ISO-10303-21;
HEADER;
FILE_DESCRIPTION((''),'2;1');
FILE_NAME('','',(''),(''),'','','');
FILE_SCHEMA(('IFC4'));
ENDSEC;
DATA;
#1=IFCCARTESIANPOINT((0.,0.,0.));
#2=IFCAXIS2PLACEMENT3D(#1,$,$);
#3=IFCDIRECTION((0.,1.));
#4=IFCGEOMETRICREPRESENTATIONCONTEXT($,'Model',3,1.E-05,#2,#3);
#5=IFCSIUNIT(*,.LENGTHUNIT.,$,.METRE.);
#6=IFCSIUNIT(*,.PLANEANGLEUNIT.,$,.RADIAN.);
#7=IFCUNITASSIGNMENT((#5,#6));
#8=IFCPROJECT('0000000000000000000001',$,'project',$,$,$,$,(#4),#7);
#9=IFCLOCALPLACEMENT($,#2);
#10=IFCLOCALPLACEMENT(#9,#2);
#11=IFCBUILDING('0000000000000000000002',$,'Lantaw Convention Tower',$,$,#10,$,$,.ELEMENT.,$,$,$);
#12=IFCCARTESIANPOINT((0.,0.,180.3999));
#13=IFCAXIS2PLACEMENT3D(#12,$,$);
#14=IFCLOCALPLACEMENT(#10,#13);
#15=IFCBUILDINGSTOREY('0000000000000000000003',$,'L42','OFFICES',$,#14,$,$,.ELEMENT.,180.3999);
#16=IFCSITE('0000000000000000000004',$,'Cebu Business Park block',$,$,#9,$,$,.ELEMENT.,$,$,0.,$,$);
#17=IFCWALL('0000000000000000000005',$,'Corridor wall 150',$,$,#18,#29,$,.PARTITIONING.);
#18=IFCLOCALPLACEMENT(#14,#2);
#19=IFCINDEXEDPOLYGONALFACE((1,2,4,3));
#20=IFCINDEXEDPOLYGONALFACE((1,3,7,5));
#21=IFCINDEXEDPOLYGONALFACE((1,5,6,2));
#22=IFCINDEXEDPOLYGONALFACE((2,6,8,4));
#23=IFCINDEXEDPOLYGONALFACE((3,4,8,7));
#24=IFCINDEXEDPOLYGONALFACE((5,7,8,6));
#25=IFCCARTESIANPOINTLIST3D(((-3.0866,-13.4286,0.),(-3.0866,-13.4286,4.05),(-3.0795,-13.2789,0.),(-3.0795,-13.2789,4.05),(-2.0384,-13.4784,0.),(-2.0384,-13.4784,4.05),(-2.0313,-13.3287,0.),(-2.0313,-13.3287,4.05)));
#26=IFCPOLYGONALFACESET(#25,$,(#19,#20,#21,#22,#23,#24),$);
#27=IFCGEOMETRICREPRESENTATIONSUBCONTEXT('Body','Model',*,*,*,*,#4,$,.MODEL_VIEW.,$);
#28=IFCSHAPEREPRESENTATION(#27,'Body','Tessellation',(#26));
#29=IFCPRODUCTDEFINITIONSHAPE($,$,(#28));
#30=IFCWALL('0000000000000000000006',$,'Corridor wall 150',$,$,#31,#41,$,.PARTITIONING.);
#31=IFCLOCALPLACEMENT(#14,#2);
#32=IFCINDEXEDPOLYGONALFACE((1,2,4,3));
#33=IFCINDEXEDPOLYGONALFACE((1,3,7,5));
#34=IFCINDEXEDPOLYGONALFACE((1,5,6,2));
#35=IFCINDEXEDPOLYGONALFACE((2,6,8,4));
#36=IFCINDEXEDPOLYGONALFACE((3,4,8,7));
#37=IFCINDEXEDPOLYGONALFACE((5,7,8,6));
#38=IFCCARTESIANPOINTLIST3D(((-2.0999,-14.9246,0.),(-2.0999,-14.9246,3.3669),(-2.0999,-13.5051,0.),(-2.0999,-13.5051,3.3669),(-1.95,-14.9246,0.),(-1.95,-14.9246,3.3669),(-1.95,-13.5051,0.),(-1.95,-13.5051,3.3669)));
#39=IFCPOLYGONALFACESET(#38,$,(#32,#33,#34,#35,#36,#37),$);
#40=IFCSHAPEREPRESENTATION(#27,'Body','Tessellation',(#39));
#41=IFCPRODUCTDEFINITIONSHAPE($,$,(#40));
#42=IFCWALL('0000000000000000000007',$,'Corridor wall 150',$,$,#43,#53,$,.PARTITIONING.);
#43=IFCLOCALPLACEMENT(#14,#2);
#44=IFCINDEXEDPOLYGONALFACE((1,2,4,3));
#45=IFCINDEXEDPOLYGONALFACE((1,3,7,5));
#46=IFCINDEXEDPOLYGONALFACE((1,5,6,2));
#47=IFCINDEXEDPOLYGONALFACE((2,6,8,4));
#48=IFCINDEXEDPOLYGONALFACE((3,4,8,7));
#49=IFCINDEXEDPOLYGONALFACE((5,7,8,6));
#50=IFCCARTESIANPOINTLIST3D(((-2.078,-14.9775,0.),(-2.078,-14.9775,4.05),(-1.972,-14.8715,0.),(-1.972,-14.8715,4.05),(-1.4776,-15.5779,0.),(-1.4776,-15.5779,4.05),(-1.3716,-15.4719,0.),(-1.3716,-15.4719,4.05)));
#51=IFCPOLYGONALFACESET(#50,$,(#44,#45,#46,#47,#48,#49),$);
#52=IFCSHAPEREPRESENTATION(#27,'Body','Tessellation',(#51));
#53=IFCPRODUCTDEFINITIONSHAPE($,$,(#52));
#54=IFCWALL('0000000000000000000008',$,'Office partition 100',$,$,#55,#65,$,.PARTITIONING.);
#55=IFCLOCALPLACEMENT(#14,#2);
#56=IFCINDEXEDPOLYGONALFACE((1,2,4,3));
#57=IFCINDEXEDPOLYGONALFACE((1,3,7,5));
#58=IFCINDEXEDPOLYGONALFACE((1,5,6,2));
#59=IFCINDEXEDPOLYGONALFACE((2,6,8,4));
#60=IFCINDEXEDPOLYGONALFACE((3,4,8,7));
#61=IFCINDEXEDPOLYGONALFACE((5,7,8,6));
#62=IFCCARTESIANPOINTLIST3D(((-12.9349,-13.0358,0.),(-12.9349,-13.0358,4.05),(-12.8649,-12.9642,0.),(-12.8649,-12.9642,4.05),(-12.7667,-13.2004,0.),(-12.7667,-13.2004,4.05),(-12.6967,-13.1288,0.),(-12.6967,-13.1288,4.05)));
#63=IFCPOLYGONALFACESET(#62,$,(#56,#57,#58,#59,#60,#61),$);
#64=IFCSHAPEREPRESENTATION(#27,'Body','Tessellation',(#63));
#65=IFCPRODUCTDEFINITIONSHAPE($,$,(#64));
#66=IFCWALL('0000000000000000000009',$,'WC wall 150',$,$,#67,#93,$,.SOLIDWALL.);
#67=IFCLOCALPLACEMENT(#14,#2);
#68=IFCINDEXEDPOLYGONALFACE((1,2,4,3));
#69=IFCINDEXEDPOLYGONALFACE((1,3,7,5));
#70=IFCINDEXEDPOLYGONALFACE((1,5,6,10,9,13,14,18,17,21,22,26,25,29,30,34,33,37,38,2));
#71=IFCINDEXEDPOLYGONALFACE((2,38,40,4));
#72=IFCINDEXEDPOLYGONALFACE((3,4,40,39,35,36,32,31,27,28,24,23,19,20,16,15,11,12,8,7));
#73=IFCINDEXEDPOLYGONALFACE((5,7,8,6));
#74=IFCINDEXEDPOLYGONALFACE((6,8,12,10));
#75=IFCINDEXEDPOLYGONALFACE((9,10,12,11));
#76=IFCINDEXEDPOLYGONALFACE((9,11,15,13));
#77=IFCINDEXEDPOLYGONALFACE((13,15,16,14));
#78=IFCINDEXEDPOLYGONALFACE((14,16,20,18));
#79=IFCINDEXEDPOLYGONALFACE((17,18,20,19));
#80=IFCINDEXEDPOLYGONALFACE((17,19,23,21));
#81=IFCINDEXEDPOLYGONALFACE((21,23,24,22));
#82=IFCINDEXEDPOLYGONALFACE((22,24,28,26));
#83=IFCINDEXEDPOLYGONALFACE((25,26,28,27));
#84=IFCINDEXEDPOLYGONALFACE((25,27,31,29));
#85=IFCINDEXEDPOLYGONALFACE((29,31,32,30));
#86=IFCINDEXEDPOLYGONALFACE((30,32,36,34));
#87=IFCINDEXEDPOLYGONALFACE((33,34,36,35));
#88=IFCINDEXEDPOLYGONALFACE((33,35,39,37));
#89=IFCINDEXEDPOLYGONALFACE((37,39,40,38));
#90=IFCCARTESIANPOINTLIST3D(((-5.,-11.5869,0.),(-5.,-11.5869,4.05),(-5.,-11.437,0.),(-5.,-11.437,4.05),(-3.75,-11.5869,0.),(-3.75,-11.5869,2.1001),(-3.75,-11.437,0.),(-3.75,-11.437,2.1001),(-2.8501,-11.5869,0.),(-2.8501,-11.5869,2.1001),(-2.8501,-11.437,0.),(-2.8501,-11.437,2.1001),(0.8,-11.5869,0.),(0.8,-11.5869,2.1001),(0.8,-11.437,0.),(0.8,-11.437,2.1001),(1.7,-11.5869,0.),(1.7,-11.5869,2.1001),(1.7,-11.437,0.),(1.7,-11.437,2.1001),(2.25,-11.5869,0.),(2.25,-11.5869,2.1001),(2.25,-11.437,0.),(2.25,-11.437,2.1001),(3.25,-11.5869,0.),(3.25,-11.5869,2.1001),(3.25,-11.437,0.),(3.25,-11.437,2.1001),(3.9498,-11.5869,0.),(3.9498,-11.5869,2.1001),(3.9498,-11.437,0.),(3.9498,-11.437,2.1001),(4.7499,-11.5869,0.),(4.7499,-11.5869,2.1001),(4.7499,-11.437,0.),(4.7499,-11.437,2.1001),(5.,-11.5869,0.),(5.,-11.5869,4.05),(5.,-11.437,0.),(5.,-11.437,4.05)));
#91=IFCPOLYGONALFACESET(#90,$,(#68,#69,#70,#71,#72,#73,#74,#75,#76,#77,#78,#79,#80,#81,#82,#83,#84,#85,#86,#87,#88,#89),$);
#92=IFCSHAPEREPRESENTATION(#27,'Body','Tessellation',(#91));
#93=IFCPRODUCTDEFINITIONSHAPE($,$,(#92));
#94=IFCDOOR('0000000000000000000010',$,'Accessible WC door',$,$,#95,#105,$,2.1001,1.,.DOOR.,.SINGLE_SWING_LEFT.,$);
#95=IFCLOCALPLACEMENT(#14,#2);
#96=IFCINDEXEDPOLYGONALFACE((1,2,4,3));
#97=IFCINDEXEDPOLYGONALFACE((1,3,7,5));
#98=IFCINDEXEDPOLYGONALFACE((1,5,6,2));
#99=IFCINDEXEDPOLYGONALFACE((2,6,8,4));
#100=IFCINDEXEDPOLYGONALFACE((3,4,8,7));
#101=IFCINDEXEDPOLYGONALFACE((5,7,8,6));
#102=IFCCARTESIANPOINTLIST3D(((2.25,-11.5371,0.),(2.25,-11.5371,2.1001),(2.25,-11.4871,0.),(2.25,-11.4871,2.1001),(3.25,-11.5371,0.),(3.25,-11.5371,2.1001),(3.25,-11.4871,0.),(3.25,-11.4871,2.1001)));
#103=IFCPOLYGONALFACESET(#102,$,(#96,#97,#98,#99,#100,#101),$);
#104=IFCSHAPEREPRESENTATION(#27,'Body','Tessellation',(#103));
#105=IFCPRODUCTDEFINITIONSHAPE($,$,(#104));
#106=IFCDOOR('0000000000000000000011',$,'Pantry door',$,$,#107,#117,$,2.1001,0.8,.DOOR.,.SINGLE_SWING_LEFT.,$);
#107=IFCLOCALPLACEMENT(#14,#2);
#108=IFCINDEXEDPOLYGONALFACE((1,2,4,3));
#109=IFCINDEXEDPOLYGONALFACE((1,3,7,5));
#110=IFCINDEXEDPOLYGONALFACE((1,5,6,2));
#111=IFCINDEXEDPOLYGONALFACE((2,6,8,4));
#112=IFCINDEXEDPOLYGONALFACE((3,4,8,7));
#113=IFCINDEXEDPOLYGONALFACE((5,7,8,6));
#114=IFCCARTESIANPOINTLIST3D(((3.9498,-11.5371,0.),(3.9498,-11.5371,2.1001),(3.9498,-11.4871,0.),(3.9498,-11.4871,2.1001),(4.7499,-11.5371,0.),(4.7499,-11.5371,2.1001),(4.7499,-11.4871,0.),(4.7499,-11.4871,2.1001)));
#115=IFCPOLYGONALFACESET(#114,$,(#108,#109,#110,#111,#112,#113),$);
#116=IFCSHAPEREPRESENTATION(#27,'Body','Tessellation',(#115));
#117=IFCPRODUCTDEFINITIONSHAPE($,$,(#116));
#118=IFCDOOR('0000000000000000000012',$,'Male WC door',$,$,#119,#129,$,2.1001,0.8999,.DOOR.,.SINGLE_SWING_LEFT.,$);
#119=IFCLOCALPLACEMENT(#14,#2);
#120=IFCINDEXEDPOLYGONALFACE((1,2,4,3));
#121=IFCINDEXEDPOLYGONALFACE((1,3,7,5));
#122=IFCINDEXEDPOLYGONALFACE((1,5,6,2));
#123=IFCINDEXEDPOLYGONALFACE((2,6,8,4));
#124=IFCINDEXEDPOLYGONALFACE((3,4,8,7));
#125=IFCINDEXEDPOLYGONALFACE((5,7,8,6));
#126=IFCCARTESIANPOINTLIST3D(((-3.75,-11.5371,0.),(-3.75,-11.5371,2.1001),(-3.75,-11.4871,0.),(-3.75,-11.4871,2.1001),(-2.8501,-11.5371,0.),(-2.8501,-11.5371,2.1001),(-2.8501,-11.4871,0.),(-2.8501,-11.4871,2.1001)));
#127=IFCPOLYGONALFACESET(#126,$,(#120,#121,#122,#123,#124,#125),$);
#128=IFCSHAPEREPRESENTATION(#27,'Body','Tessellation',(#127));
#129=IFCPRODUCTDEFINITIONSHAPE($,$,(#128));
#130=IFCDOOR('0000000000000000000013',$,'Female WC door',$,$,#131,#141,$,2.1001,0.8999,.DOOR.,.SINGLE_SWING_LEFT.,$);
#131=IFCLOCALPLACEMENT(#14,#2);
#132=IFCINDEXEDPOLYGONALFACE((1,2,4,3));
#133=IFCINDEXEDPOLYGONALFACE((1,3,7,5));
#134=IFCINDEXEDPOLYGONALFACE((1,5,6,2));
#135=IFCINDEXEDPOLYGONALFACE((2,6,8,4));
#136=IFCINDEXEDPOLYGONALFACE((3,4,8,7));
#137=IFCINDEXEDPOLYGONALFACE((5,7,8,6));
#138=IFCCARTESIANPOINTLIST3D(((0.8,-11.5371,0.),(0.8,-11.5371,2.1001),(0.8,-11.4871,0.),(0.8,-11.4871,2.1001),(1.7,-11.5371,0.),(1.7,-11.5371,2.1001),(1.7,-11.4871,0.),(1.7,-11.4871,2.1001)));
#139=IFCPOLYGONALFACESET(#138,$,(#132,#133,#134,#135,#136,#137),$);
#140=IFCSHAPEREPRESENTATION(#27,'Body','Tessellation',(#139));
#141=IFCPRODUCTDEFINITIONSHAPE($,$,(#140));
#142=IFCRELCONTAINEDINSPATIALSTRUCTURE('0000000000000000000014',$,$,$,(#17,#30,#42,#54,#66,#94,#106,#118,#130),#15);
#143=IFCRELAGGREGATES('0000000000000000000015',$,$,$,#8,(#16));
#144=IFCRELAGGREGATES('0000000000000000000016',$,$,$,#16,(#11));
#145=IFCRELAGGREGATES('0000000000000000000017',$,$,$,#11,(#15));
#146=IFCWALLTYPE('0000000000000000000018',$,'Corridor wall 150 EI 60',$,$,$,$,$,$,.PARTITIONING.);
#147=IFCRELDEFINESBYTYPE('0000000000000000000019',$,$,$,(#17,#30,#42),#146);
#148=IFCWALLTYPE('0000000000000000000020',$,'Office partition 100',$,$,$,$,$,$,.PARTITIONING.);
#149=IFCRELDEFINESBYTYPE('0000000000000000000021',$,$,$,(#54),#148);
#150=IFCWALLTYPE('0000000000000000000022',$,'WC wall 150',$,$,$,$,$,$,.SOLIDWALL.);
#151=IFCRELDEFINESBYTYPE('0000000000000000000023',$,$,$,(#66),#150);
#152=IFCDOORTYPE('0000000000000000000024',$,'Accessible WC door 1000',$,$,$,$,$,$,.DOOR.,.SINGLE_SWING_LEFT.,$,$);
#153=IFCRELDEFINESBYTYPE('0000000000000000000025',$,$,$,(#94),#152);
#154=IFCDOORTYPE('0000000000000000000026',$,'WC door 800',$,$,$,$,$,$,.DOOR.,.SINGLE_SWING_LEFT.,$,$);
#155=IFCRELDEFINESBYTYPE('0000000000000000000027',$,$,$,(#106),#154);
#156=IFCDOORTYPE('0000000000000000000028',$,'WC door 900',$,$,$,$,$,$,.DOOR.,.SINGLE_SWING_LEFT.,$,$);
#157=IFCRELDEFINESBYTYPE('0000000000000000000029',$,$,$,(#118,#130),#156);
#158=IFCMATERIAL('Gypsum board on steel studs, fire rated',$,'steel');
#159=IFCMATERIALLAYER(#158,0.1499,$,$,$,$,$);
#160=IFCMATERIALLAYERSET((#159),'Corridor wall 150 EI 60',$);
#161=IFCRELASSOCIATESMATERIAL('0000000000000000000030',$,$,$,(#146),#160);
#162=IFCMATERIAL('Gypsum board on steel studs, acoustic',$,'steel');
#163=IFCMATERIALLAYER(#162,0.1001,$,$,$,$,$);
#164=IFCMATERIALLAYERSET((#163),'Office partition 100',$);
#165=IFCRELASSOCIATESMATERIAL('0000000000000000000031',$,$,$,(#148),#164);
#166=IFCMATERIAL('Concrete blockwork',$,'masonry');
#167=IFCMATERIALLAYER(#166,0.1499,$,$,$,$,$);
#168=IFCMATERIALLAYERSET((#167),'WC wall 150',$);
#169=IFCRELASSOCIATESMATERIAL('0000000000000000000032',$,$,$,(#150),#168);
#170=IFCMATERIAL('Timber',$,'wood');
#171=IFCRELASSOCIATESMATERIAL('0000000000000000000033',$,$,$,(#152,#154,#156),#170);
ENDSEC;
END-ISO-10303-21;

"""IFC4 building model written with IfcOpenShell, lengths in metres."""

from ifc_helpers import new_model, si_unit, direction, frame, frame_2d, origin, place, context, subcontext, project, spatial, rectangle, extrude, material, layer, layer_set, type_object, element, fill, save


model = new_model("IFC4")

# Units and contexts
model_context = context("Model", 3, precision=1e-05, world=origin(), true_north=direction((0.0, 1.0)))
body_context = subcontext(model_context, "Body", "Model", "MODEL_VIEW")
ifc_project = project(units=[si_unit("LENGTHUNIT", "METRE"), si_unit("PLANEANGLEUNIT", "RADIAN")], contexts=[model_context])

# Site, building, storey
site_placement = place(None, origin())
site = spatial("IfcSite", under=ifc_project, at=site_placement, Name="Cebu Business Park block", CompositionType="ELEMENT", RefElevation=0.0)
building_placement = place(site_placement, origin())
building = spatial("IfcBuilding", under=site, at=building_placement, Name="Lantaw Convention Tower", CompositionType="ELEMENT")
storey_placement = place(building_placement, frame((0.0, 0.0, 180.3999)))
storey = spatial("IfcBuildingStorey", under=building, at=storey_placement, Name="L42", Description="OFFICES", CompositionType="ELEMENT", Elevation=180.3999)

# Shared definitions
ifc_material_1 = material(Name="Gypsum board on steel studs, fire rated", Category="steel")
ifc_layer_1 = layer(ifc_material_1, 0.1499)
ifc_layer_set_1 = layer_set([ifc_layer_1], Name="Corridor wall 150 EI 60")
wall_type_1 = type_object("IfcWallType", Name="Corridor wall 150 EI 60", PredefinedType="PARTITIONING", material=ifc_layer_set_1)

# Walls
wall_1_placement = place(storey_placement, frame((-3.083, -13.3538, 0.0), z_axis=(0.0, 0.0, 1.0), x_axis=(0.998873, -0.047466, 0.0)))
element("IfcWall", 1, at=wall_1_placement, inside=storey, type_object=wall_type_1, Name="Corridor wall 150", PredefinedType="PARTITIONING", context=body_context, shape_type="SweptSolid", body=[
    extrude(rectangle(XDim=1.0493, YDim=0.1499, at=frame_2d((0.5247, 0.0))), origin(), (0.0, 0.0, 1.0), 4.05),
])
wall_2_placement = place(storey_placement, frame((-2.0249, -14.9246, 0.0), z_axis=(0.0, 0.0, 1.0), x_axis=(0.0, 1.0, 0.0)))
element("IfcWall", 2, at=wall_2_placement, inside=storey, type_object=wall_type_1, Name="Corridor wall 150", PredefinedType="PARTITIONING", context=body_context, shape_type="SweptSolid", body=[
    extrude(rectangle(XDim=1.4194, YDim=0.1499, at=frame_2d((0.7097, 0.0))), origin(), (0.0, 0.0, 1.0), 3.3669),
])
wall_3_placement = place(storey_placement, frame((-1.4246, -15.5249, 0.0), z_axis=(0.0, 0.0, 1.0), x_axis=(-0.707107, 0.707107, 0.0)))
element("IfcWall", 3, at=wall_3_placement, inside=storey, type_object=wall_type_1, Name="Corridor wall 150", PredefinedType="PARTITIONING", context=body_context, shape_type="SweptSolid", body=[
    extrude(rectangle(XDim=0.8491, YDim=0.1499, at=frame_2d((0.4246, 0.0))), origin(), (0.0, 0.0, 1.0), 4.05),
])
ifc_material_2 = material(Name="Gypsum board on steel studs, acoustic", Category="steel")
ifc_layer_2 = layer(ifc_material_2, 0.1001)
ifc_layer_set_2 = layer_set([ifc_layer_2], Name="Office partition 100")
wall_type_2 = type_object("IfcWallType", Name="Office partition 100", PredefinedType="PARTITIONING", material=ifc_layer_set_2)
wall_4_placement = place(storey_placement, frame((-12.8999, -13.0, 0.0), z_axis=(0.0, 0.0, 1.0), x_axis=(0.714845, -0.699283, 0.0)))
element("IfcWall", 4, at=wall_4_placement, inside=storey, type_object=wall_type_2, Name="Office partition 100", PredefinedType="PARTITIONING", context=body_context, shape_type="SweptSolid", body=[
    extrude(rectangle(XDim=0.2354, YDim=0.1001, at=frame_2d((0.1177, 0.0))), origin(), (0.0, 0.0, 1.0), 4.05),
])

# Wall, openings, doors
ifc_material_3 = material(Name="Concrete blockwork", Category="masonry")
ifc_layer_3 = layer(ifc_material_3, 0.1499)
ifc_layer_set_3 = layer_set([ifc_layer_3], Name="WC wall 150")
wall_type_3 = type_object("IfcWallType", Name="WC wall 150", PredefinedType="SOLIDWALL", material=ifc_layer_set_3)
wall_5_placement = place(storey_placement, frame((-5.0, -11.512, 0.0), z_axis=(0.0, 0.0, 1.0), x_axis=(1.0, 0.0, 0.0)))
wall_5 = element("IfcWall", 5, at=wall_5_placement, inside=storey, type_object=wall_type_3, Name="WC wall 150", PredefinedType="SOLIDWALL", context=body_context, shape_type="SweptSolid", body=[
    extrude(rectangle(XDim=10.0, YDim=0.1499, at=frame_2d((5.0, 0.0))), origin(), (0.0, 0.0, 1.0), 4.05),
])
opening_1_placement = place(wall_5_placement, frame((1.25, 0.0, 0.0)))
opening_1 = element("IfcOpeningElement", 6, at=opening_1_placement, cuts=wall_5, PredefinedType="OPENING", context=body_context, shape_type="SweptSolid", body=[
    extrude(rectangle(XDim=0.8999, YDim=2.1001, at=frame_2d((0.45, 1.05))), frame((0.0, 0.085, 0.0), z_axis=(0.0, -1.0, 0.0), x_axis=(1.0, 0.0, 0.0)), (0.0, 0.0, 1.0), 0.1699),
])
opening_2_placement = place(wall_5_placement, frame((5.8, 0.0, 0.0)))
opening_2 = element("IfcOpeningElement", 7, at=opening_2_placement, cuts=wall_5, PredefinedType="OPENING", context=body_context, shape_type="SweptSolid", body=[
    extrude(rectangle(XDim=0.8999, YDim=2.1001, at=frame_2d((0.45, 1.05))), frame((0.0, 0.085, 0.0), z_axis=(0.0, -1.0, 0.0), x_axis=(1.0, 0.0, 0.0)), (0.0, 0.0, 1.0), 0.1699),
])
opening_3_placement = place(wall_5_placement, frame((7.25, 0.0, 0.0)))
opening_3 = element("IfcOpeningElement", 8, at=opening_3_placement, cuts=wall_5, PredefinedType="OPENING", context=body_context, shape_type="SweptSolid", body=[
    extrude(rectangle(XDim=1.0, YDim=2.1001, at=frame_2d((0.5, 1.05))), frame((0.0, 0.085, 0.0), z_axis=(0.0, -1.0, 0.0), x_axis=(1.0, 0.0, 0.0)), (0.0, 0.0, 1.0), 0.1699),
])
opening_4_placement = place(wall_5_placement, frame((8.95, 0.0, 0.0)))
opening_4 = element("IfcOpeningElement", 9, at=opening_4_placement, cuts=wall_5, PredefinedType="OPENING", context=body_context, shape_type="SweptSolid", body=[
    extrude(rectangle(XDim=0.8, YDim=2.1001, at=frame_2d((0.3999, 1.05))), frame((0.0, 0.085, 0.0), z_axis=(0.0, -1.0, 0.0), x_axis=(1.0, 0.0, 0.0)), (0.0, 0.0, 1.0), 0.1699),
])
ifc_material_4 = material(Name="Timber", Category="wood")
door_type_1 = type_object("IfcDoorType", Name="Accessible WC door 1000", OperationType="SINGLE_SWING_LEFT", PredefinedType="DOOR", material=ifc_material_4)
door_1_placement = place(opening_3_placement, origin())
door_1 = element("IfcDoor", 10, at=door_1_placement, inside=storey, type_object=door_type_1, Name="Accessible WC door", OperationType="SINGLE_SWING_LEFT", OverallHeight=2.1001, OverallWidth=1.0, PredefinedType="DOOR", context=body_context, shape_type="SweptSolid", body=[
    extrude(rectangle(XDim=1.0, YDim=2.1001, at=frame_2d((0.5, 1.05))), frame((0.0, 0.0249, 0.0), z_axis=(0.0, -1.0, 0.0), x_axis=(1.0, 0.0, 0.0)), (0.0, 0.0, 1.0), 0.05),
])
fill(opening_3, door_1)
door_type_2 = type_object("IfcDoorType", Name="WC door 800", OperationType="SINGLE_SWING_LEFT", PredefinedType="DOOR", material=ifc_material_4)
door_2_placement = place(opening_4_placement, origin())
door_2 = element("IfcDoor", 11, at=door_2_placement, inside=storey, type_object=door_type_2, Name="Pantry door", OperationType="SINGLE_SWING_LEFT", OverallHeight=2.1001, OverallWidth=0.8, PredefinedType="DOOR", context=body_context, shape_type="SweptSolid", body=[
    extrude(rectangle(XDim=0.8, YDim=2.1001, at=frame_2d((0.3999, 1.05))), frame((0.0, 0.0249, 0.0), z_axis=(0.0, -1.0, 0.0), x_axis=(1.0, 0.0, 0.0)), (0.0, 0.0, 1.0), 0.05),
])
fill(opening_4, door_2)
door_type_3 = type_object("IfcDoorType", Name="WC door 900", OperationType="SINGLE_SWING_LEFT", PredefinedType="DOOR", material=ifc_material_4)
door_3_placement = place(opening_1_placement, origin())
door_3 = element("IfcDoor", 12, at=door_3_placement, inside=storey, type_object=door_type_3, Name="Male WC door", OperationType="SINGLE_SWING_LEFT", OverallHeight=2.1001, OverallWidth=0.8999, PredefinedType="DOOR", context=body_context, shape_type="SweptSolid", body=[
    extrude(rectangle(XDim=0.8999, YDim=2.1001, at=frame_2d((0.45, 1.05))), frame((0.0, 0.0249, 0.0), z_axis=(0.0, -1.0, 0.0), x_axis=(1.0, 0.0, 0.0)), (0.0, 0.0, 1.0), 0.05),
])
fill(opening_1, door_3)
door_4_placement = place(opening_2_placement, origin())
door_4 = element("IfcDoor", 13, at=door_4_placement, inside=storey, type_object=door_type_3, Name="Female WC door", OperationType="SINGLE_SWING_LEFT", OverallHeight=2.1001, OverallWidth=0.8999, PredefinedType="DOOR", context=body_context, shape_type="SweptSolid", body=[
    extrude(rectangle(XDim=0.8999, YDim=2.1001, at=frame_2d((0.45, 1.05))), frame((0.0, 0.0249, 0.0), z_axis=(0.0, -1.0, 0.0), x_axis=(1.0, 0.0, 0.0)), (0.0, 0.0, 1.0), 0.05),
])
fill(opening_2, door_4)

save(model, "model.ifc")
